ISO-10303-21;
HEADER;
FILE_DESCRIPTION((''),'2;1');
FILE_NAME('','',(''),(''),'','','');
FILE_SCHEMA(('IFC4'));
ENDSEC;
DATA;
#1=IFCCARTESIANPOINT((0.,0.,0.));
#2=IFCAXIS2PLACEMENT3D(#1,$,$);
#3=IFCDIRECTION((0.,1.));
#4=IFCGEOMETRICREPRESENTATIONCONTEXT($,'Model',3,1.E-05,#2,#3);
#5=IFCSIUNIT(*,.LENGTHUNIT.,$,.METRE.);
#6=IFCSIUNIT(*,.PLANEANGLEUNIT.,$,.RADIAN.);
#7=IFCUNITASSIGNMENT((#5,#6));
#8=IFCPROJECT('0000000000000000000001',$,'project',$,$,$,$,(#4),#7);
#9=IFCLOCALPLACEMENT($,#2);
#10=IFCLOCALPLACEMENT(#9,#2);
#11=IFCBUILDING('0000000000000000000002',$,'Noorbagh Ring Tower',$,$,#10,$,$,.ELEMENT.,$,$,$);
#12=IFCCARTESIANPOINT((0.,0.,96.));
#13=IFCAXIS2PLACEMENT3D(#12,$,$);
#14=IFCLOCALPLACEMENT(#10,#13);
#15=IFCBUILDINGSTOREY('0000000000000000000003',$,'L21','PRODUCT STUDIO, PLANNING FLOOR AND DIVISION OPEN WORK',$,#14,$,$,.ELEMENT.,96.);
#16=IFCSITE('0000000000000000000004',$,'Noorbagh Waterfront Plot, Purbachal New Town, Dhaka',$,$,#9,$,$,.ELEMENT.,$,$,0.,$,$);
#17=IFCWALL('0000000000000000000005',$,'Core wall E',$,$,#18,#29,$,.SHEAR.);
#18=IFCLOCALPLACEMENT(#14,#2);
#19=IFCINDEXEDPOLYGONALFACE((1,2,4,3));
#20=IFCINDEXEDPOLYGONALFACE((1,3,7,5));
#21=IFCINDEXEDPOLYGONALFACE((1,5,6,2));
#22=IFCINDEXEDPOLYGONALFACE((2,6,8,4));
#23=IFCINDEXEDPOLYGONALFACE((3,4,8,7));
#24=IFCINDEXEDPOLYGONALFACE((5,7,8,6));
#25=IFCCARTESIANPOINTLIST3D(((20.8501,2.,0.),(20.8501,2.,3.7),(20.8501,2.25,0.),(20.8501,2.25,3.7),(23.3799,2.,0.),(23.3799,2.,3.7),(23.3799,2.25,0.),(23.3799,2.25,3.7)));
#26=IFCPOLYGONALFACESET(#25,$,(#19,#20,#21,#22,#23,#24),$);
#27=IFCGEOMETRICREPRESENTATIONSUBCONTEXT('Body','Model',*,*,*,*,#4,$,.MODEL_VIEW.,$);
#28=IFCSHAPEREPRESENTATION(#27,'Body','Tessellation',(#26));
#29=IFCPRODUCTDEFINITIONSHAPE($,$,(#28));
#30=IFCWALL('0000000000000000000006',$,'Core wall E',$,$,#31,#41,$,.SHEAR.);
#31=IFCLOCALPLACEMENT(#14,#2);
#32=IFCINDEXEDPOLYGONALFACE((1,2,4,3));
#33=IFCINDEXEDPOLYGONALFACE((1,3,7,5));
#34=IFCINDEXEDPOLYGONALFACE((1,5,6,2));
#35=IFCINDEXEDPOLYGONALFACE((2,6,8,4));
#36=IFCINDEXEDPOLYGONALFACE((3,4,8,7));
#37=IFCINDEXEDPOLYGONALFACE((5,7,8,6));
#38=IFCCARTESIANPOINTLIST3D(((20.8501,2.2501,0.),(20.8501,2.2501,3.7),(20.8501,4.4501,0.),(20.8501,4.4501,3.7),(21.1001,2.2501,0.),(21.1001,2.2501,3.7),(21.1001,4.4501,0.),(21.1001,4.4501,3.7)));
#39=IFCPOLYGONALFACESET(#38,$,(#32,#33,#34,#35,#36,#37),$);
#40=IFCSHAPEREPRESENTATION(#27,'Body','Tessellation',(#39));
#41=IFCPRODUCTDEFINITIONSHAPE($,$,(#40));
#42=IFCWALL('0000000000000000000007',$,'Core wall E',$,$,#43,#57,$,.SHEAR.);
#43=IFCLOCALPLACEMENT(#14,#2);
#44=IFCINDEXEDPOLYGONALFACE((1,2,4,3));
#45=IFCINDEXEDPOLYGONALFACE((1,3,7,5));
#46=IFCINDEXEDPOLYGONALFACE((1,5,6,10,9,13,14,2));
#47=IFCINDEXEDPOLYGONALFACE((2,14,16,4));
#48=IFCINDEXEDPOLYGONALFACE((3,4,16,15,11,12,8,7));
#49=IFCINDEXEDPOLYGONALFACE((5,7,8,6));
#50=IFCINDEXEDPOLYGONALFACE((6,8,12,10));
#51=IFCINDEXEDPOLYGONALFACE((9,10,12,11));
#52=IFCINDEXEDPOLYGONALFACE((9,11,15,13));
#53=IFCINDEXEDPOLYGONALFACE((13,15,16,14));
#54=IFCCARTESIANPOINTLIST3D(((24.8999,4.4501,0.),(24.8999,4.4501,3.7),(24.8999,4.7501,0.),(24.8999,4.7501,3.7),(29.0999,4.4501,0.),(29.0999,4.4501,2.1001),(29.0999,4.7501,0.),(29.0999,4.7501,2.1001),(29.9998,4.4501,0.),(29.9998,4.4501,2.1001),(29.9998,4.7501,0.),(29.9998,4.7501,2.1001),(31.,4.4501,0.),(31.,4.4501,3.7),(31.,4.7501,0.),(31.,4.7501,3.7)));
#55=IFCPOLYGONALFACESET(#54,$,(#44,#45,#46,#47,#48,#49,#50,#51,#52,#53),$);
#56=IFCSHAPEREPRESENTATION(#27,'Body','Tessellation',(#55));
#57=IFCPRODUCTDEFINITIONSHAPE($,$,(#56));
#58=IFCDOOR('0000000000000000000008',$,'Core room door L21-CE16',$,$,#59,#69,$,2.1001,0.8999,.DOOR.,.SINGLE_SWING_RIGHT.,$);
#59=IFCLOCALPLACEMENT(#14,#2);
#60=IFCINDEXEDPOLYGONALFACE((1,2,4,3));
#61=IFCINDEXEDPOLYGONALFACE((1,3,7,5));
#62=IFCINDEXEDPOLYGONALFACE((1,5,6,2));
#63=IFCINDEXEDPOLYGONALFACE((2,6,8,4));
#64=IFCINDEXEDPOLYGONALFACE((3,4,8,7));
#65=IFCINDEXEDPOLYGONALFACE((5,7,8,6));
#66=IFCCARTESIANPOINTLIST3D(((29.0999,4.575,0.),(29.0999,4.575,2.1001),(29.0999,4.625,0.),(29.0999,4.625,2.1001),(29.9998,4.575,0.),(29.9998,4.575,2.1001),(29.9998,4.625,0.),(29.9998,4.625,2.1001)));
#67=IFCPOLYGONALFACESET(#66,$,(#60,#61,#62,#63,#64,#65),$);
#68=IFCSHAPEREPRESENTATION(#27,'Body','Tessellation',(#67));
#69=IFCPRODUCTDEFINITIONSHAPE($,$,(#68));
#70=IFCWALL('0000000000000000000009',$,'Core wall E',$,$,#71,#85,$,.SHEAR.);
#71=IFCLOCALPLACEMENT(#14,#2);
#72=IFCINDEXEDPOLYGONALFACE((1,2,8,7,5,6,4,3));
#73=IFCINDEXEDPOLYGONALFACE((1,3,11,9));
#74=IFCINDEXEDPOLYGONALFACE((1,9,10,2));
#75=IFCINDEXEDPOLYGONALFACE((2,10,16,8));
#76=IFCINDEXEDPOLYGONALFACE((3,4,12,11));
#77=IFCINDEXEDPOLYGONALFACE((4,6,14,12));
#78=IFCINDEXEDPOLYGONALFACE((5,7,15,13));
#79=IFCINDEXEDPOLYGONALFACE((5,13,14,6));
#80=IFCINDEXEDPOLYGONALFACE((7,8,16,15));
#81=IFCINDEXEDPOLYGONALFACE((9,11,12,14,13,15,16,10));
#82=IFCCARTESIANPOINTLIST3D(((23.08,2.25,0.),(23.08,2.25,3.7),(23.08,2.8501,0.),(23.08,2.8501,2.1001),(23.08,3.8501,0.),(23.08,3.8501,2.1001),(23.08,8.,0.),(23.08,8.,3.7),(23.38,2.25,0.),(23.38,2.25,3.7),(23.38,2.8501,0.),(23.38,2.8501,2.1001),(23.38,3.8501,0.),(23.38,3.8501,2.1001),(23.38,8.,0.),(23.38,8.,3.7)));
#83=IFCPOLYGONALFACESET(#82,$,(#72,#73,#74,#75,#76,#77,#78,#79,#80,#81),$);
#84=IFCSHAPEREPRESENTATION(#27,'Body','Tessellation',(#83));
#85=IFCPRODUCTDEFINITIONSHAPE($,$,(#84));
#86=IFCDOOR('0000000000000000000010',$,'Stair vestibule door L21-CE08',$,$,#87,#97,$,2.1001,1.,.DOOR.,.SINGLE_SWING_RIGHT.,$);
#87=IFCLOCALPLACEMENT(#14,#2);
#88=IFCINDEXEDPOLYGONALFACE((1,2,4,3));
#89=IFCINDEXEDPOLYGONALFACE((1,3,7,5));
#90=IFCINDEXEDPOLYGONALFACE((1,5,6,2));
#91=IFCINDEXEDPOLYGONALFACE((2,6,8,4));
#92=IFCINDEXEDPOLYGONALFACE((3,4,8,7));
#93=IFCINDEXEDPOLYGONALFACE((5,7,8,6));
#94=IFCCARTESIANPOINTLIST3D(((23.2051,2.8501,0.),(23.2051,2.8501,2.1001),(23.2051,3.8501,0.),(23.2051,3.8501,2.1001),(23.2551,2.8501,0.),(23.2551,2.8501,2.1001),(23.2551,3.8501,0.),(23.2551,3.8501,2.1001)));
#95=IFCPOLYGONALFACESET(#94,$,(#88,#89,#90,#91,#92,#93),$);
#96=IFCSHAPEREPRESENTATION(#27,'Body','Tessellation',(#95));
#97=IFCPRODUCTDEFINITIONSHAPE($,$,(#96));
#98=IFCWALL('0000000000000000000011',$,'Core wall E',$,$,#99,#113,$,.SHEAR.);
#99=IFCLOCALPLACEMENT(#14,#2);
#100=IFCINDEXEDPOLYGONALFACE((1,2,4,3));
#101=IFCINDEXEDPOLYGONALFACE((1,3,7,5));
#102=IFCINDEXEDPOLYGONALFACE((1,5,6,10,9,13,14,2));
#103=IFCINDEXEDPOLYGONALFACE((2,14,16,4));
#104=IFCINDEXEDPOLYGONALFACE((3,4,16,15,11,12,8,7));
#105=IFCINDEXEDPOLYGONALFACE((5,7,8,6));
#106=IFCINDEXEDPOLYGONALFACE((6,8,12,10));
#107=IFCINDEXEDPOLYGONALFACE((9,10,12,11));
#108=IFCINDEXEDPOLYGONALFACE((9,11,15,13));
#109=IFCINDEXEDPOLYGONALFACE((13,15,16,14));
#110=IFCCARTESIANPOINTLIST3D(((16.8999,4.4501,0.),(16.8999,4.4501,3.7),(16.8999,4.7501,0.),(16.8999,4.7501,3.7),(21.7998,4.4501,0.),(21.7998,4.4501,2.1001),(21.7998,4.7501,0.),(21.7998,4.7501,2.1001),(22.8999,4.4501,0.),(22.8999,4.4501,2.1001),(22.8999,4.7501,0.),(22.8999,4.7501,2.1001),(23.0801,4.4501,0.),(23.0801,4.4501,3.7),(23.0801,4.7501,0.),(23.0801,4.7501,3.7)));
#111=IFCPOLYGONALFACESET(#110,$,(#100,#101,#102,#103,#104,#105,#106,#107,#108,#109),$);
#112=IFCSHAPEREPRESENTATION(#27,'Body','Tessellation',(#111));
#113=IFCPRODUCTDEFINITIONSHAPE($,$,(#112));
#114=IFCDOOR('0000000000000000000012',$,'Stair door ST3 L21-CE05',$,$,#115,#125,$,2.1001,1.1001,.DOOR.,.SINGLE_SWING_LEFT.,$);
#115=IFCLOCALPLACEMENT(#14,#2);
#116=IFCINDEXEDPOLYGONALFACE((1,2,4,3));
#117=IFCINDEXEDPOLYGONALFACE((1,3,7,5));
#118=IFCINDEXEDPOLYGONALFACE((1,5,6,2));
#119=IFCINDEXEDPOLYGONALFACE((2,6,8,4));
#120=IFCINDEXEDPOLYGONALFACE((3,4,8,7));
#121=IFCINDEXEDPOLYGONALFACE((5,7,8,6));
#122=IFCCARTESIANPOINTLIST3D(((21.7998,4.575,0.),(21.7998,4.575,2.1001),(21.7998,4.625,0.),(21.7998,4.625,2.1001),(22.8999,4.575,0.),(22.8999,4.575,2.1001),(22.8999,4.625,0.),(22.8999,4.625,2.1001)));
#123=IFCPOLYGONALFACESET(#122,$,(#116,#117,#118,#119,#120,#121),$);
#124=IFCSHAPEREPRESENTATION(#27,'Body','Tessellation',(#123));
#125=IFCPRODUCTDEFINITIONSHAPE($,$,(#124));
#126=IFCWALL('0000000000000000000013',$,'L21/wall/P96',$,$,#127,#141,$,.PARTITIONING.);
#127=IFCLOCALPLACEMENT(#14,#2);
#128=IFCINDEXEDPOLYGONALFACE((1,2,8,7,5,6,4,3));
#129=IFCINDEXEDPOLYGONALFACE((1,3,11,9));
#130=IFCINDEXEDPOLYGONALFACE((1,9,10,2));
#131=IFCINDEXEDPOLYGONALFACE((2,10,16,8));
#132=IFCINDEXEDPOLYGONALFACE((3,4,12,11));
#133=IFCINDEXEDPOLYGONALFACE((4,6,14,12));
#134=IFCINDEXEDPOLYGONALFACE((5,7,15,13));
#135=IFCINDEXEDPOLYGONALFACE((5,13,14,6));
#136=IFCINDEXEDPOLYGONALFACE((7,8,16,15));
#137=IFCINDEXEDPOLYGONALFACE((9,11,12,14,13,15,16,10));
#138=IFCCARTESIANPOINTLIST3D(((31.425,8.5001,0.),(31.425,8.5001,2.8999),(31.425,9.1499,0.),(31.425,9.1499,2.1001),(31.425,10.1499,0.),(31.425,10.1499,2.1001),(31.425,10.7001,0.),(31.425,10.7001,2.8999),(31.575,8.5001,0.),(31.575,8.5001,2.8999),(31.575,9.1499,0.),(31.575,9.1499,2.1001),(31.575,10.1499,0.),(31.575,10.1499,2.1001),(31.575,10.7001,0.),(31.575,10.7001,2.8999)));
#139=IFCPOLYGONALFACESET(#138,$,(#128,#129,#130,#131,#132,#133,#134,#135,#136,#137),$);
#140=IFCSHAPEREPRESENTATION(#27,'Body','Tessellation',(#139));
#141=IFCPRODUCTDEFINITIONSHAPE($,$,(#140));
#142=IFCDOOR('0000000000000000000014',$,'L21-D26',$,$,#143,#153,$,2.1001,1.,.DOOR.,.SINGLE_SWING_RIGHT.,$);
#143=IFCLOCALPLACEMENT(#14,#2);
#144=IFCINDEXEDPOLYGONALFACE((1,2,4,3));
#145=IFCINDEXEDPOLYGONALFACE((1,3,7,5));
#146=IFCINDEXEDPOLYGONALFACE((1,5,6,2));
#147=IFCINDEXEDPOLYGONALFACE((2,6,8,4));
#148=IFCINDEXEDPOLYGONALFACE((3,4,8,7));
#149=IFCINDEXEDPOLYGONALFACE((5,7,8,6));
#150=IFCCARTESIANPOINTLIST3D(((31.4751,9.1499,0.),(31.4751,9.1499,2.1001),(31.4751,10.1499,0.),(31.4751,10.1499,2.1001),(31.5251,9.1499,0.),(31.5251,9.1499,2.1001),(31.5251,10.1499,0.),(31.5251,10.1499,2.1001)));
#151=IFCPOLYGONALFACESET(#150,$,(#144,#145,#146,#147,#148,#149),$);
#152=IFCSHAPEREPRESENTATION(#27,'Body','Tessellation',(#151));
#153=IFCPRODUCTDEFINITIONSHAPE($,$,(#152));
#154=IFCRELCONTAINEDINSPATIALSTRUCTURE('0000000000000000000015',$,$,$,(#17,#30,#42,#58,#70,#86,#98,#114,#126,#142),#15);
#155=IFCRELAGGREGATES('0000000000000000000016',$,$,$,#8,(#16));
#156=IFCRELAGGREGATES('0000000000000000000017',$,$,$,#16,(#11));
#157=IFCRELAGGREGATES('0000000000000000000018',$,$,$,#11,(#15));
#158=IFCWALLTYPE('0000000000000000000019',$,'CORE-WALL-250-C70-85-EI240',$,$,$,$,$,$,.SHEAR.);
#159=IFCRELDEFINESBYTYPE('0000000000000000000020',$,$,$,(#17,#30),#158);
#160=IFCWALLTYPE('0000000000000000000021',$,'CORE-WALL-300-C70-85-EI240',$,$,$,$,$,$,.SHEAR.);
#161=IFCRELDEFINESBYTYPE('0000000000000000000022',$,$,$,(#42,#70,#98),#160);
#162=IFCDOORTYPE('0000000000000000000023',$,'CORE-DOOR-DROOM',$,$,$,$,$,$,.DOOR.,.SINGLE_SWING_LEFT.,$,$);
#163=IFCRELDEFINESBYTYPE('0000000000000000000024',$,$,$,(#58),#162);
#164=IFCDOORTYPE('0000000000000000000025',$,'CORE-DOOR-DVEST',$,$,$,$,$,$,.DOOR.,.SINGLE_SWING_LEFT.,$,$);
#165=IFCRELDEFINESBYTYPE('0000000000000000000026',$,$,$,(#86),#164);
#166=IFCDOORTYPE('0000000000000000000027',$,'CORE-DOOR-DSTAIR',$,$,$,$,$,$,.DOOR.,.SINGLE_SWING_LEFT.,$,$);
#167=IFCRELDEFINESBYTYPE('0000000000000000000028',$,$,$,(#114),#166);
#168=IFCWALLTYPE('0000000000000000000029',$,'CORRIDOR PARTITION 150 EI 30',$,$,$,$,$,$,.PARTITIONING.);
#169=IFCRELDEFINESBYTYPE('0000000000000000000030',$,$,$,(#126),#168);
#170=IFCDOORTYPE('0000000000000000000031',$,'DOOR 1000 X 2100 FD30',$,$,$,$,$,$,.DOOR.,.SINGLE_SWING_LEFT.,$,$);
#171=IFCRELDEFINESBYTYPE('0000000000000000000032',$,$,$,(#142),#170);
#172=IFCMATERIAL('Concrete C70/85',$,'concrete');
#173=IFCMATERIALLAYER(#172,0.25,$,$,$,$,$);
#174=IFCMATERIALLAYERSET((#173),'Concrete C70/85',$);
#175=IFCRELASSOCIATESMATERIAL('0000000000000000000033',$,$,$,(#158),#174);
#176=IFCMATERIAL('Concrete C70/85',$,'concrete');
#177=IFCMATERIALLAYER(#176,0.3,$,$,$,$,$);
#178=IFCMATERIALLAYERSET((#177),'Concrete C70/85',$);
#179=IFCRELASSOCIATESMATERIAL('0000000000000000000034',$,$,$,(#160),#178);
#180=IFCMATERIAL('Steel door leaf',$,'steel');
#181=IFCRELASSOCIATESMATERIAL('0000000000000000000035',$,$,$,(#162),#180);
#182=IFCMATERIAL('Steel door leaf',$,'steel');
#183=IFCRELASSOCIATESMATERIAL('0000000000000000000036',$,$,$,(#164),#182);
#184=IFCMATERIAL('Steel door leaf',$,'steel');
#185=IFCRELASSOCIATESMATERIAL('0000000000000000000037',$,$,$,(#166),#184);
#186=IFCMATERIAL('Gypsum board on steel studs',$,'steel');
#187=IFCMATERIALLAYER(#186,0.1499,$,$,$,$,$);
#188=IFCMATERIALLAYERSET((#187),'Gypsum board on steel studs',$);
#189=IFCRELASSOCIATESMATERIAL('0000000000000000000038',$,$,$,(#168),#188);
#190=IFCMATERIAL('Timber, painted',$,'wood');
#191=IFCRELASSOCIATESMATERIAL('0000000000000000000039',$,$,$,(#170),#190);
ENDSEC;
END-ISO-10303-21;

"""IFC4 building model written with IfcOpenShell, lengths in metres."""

from ifc_helpers import new_model, si_unit, direction, frame, frame_2d, origin, place, context, subcontext, project, spatial, rectangle, extrude, material, layer, layer_set, type_object, element, fill, save


model = new_model("IFC4")

# Units and contexts
model_context = context("Model", 3, precision=1e-05, world=origin(), true_north=direction((0.0, 1.0)))
body_context = subcontext(model_context, "Body", "Model", "MODEL_VIEW")
ifc_project = project(units=[si_unit("LENGTHUNIT", "METRE"), si_unit("PLANEANGLEUNIT", "RADIAN")], contexts=[model_context])

# Site, building, storey
site_placement = place(None, origin())
site = spatial("IfcSite", under=ifc_project, at=site_placement, Name="Noorbagh Waterfront Plot, Purbachal New Town, Dhaka", CompositionType="ELEMENT", RefElevation=0.0)
building_placement = place(site_placement, origin())
building = spatial("IfcBuilding", under=site, at=building_placement, Name="Noorbagh Ring Tower", CompositionType="ELEMENT")
storey_placement = place(building_placement, frame((0.0, 0.0, 96.0)))
storey = spatial("IfcBuildingStorey", under=building, at=storey_placement, Name="L21", Description="PRODUCT STUDIO, PLANNING FLOOR AND DIVISION OPEN WORK", CompositionType="ELEMENT", Elevation=96.0)

# Walls
ifc_material_1 = material(Name="Concrete C70/85", Category="concrete")
ifc_layer_1 = layer(ifc_material_1, 0.25)
ifc_layer_set_1 = layer_set([ifc_layer_1], Name="Concrete C70/85")
wall_type_1 = type_object("IfcWallType", Name="CORE-WALL-250-C70-85-EI240", PredefinedType="SHEAR", material=ifc_layer_set_1)
wall_1_placement = place(storey_placement, frame((20.8501, 2.125, 0.0), z_axis=(0.0, 0.0, 1.0), x_axis=(1.0, 0.0, 0.0)))
element("IfcWall", 1, at=wall_1_placement, inside=storey, type_object=wall_type_1, Name="Core wall E", PredefinedType="SHEAR", context=body_context, shape_type="SweptSolid", body=[
    extrude(rectangle(XDim=2.5298, YDim=0.25, at=frame_2d((1.2649, 0.0))), origin(), (0.0, 0.0, 1.0), 3.7),
])
wall_2_placement = place(storey_placement, frame((20.9751, 2.25, 0.0), z_axis=(0.0, 0.0, 1.0), x_axis=(0.0, 1.0, 0.0)))
element("IfcWall", 2, at=wall_2_placement, inside=storey, type_object=wall_type_1, Name="Core wall E", PredefinedType="SHEAR", context=body_context, shape_type="SweptSolid", body=[
    extrude(rectangle(XDim=2.2, YDim=0.25, at=frame_2d((1.1001, 0.0))), origin(), (0.0, 0.0, 1.0), 3.7),
])

# Walls, openings, doors
ifc_material_2 = material(Name="Concrete C70/85", Category="concrete")
ifc_layer_2 = layer(ifc_material_2, 0.3)
ifc_layer_set_2 = layer_set([ifc_layer_2], Name="Concrete C70/85")
wall_type_2 = type_object("IfcWallType", Name="CORE-WALL-300-C70-85-EI240", PredefinedType="SHEAR", material=ifc_layer_set_2)
wall_3_placement = place(storey_placement, frame((24.8999, 4.6001, 0.0), z_axis=(0.0, 0.0, 1.0), x_axis=(1.0, 0.0, 0.0)))
wall_3 = element("IfcWall", 3, at=wall_3_placement, inside=storey, type_object=wall_type_2, Name="Core wall E", PredefinedType="SHEAR", context=body_context, shape_type="SweptSolid", body=[
    extrude(rectangle(XDim=6.1001, YDim=0.3, at=frame_2d((3.05, 0.0))), origin(), (0.0, 0.0, 1.0), 3.7),
])
opening_1_placement = place(wall_3_placement, frame((4.2, 0.0, 0.0)))
opening_1 = element("IfcOpeningElement", 4, at=opening_1_placement, cuts=wall_3, PredefinedType="OPENING", context=body_context, shape_type="SweptSolid", body=[
    extrude(rectangle(XDim=0.8999, YDim=2.1001, at=frame_2d((0.45, 1.05))), frame((0.0, 0.1602, 0.0), z_axis=(0.0, -1.0, 0.0), x_axis=(1.0, 0.0, 0.0)), (0.0, 0.0, 1.0), 0.3201),
])
ifc_material_3 = material(Name="Steel door leaf", Category="steel")
door_type_1 = type_object("IfcDoorType", Name="CORE-DOOR-DROOM", OperationType="SINGLE_SWING_LEFT", PredefinedType="DOOR", material=ifc_material_3)
door_1_placement = place(opening_1_placement, origin())
door_1 = element("IfcDoor", 5, at=door_1_placement, inside=storey, type_object=door_type_1, Name="Core room door L21-CE16", OperationType="SINGLE_SWING_RIGHT", OverallHeight=2.1001, OverallWidth=0.8999, PredefinedType="DOOR", context=body_context, shape_type="SweptSolid", body=[
    extrude(rectangle(XDim=0.8999, YDim=2.1001, at=frame_2d((0.45, 1.05))), frame((0.0, 0.0249, 0.0), z_axis=(0.0, -1.0, 0.0), x_axis=(1.0, 0.0, 0.0)), (0.0, 0.0, 1.0), 0.05),
])
fill(opening_1, door_1)
wall_4_placement = place(storey_placement, frame((23.23, 2.25, 0.0), z_axis=(0.0, 0.0, 1.0), x_axis=(0.0, 1.0, 0.0)))
wall_4 = element("IfcWall", 6, at=wall_4_placement, inside=storey, type_object=wall_type_2, Name="Core wall E", PredefinedType="SHEAR", context=body_context, shape_type="SweptSolid", body=[
    extrude(rectangle(XDim=5.75, YDim=0.3, at=frame_2d((2.875, 0.0))), origin(), (0.0, 0.0, 1.0), 3.7),
])
opening_2_placement = place(wall_4_placement, frame((0.6001, 0.0, 0.0)))
opening_2 = element("IfcOpeningElement", 7, at=opening_2_placement, cuts=wall_4, PredefinedType="OPENING", context=body_context, shape_type="SweptSolid", body=[
    extrude(rectangle(XDim=1.0, YDim=2.1001, at=frame_2d((0.5, 1.05))), frame((0.0, 0.1602, 0.0), z_axis=(0.0, -1.0, 0.0), x_axis=(1.0, 0.0, 0.0)), (0.0, 0.0, 1.0), 0.3201),
])
ifc_material_4 = material(Name="Steel door leaf", Category="steel")
door_type_2 = type_object("IfcDoorType", Name="CORE-DOOR-DVEST", OperationType="SINGLE_SWING_LEFT", PredefinedType="DOOR", material=ifc_material_4)
door_2_placement = place(opening_2_placement, origin())
door_2 = element("IfcDoor", 8, at=door_2_placement, inside=storey, type_object=door_type_2, Name="Stair vestibule door L21-CE08", OperationType="SINGLE_SWING_RIGHT", OverallHeight=2.1001, OverallWidth=1.0, PredefinedType="DOOR", context=body_context, shape_type="SweptSolid", body=[
    extrude(rectangle(XDim=1.0, YDim=2.1001, at=frame_2d((0.5, 1.05))), frame((0.0, 0.0249, 0.0), z_axis=(0.0, -1.0, 0.0), x_axis=(1.0, 0.0, 0.0)), (0.0, 0.0, 1.0), 0.05),
])
fill(opening_2, door_2)
wall_5_placement = place(storey_placement, frame((16.8999, 4.6001, 0.0), z_axis=(0.0, 0.0, 1.0), x_axis=(1.0, 0.0, 0.0)))
wall_5 = element("IfcWall", 9, at=wall_5_placement, inside=storey, type_object=wall_type_2, Name="Core wall E", PredefinedType="SHEAR", context=body_context, shape_type="SweptSolid", body=[
    extrude(rectangle(XDim=6.1802, YDim=0.3, at=frame_2d((3.0901, 0.0))), origin(), (0.0, 0.0, 1.0), 3.7),
])
opening_3_placement = place(wall_5_placement, frame((4.8999, 0.0, 0.0)))
opening_3 = element("IfcOpeningElement", 10, at=opening_3_placement, cuts=wall_5, PredefinedType="OPENING", context=body_context, shape_type="SweptSolid", body=[
    extrude(rectangle(XDim=1.1001, YDim=2.1001, at=frame_2d((0.55, 1.05))), frame((0.0, 0.1602, 0.0), z_axis=(0.0, -1.0, 0.0), x_axis=(1.0, 0.0, 0.0)), (0.0, 0.0, 1.0), 0.3201),
])
ifc_material_5 = material(Name="Steel door leaf", Category="steel")
door_type_3 = type_object("IfcDoorType", Name="CORE-DOOR-DSTAIR", OperationType="SINGLE_SWING_LEFT", PredefinedType="DOOR", material=ifc_material_5)
door_3_placement = place(opening_3_placement, origin())
door_3 = element("IfcDoor", 11, at=door_3_placement, inside=storey, type_object=door_type_3, Name="Stair door ST3 L21-CE05", OperationType="SINGLE_SWING_LEFT", OverallHeight=2.1001, OverallWidth=1.1001, PredefinedType="DOOR", context=body_context, shape_type="SweptSolid", body=[
    extrude(rectangle(XDim=1.1001, YDim=2.1001, at=frame_2d((0.55, 1.05))), frame((0.0, 0.0249, 0.0), z_axis=(0.0, -1.0, 0.0), x_axis=(1.0, 0.0, 0.0)), (0.0, 0.0, 1.0), 0.05),
])
fill(opening_3, door_3)
ifc_material_6 = material(Name="Gypsum board on steel studs", Category="steel")
ifc_layer_3 = layer(ifc_material_6, 0.1499)
ifc_layer_set_3 = layer_set([ifc_layer_3], Name="Gypsum board on steel studs")
wall_type_3 = type_object("IfcWallType", Name="CORRIDOR PARTITION 150 EI 30", PredefinedType="PARTITIONING", material=ifc_layer_set_3)
wall_6_placement = place(storey_placement, frame((31.5, 8.5, 0.0), z_axis=(0.0, 0.0, 1.0), x_axis=(0.0, 1.0, 0.0)))
wall_6 = element("IfcWall", 12, at=wall_6_placement, inside=storey, type_object=wall_type_3, Name="L21/wall/P96", PredefinedType="PARTITIONING", context=body_context, shape_type="SweptSolid", body=[
    extrude(rectangle(XDim=2.2, YDim=0.1499, at=frame_2d((1.1001, 0.0))), origin(), (0.0, 0.0, 1.0), 2.8999),
])
opening_4_placement = place(wall_6_placement, frame((0.6499, 0.0, 0.0)))
opening_4 = element("IfcOpeningElement", 13, at=opening_4_placement, cuts=wall_6, PredefinedType="OPENING", context=body_context, shape_type="SweptSolid", body=[
    extrude(rectangle(XDim=1.0, YDim=2.1001, at=frame_2d((0.5, 1.05))), frame((0.0, 0.085, 0.0), z_axis=(0.0, -1.0, 0.0), x_axis=(1.0, 0.0, 0.0)), (0.0, 0.0, 1.0), 0.1699),
])
ifc_material_7 = material(Name="Timber, painted", Category="wood")
door_type_4 = type_object("IfcDoorType", Name="DOOR 1000 X 2100 FD30", OperationType="SINGLE_SWING_LEFT", PredefinedType="DOOR", material=ifc_material_7)
door_4_placement = place(opening_4_placement, origin())
door_4 = element("IfcDoor", 14, at=door_4_placement, inside=storey, type_object=door_type_4, Name="L21-D26", OperationType="SINGLE_SWING_RIGHT", OverallHeight=2.1001, OverallWidth=1.0, PredefinedType="DOOR", context=body_context, shape_type="SweptSolid", body=[
    extrude(rectangle(XDim=1.0, YDim=2.1001, at=frame_2d((0.5, 1.05))), frame((0.0, 0.0249, 0.0), z_axis=(0.0, -1.0, 0.0), x_axis=(1.0, 0.0, 0.0)), (0.0, 0.0, 1.0), 0.05),
])
fill(opening_4, door_4)

save(model, "model.ifc")
